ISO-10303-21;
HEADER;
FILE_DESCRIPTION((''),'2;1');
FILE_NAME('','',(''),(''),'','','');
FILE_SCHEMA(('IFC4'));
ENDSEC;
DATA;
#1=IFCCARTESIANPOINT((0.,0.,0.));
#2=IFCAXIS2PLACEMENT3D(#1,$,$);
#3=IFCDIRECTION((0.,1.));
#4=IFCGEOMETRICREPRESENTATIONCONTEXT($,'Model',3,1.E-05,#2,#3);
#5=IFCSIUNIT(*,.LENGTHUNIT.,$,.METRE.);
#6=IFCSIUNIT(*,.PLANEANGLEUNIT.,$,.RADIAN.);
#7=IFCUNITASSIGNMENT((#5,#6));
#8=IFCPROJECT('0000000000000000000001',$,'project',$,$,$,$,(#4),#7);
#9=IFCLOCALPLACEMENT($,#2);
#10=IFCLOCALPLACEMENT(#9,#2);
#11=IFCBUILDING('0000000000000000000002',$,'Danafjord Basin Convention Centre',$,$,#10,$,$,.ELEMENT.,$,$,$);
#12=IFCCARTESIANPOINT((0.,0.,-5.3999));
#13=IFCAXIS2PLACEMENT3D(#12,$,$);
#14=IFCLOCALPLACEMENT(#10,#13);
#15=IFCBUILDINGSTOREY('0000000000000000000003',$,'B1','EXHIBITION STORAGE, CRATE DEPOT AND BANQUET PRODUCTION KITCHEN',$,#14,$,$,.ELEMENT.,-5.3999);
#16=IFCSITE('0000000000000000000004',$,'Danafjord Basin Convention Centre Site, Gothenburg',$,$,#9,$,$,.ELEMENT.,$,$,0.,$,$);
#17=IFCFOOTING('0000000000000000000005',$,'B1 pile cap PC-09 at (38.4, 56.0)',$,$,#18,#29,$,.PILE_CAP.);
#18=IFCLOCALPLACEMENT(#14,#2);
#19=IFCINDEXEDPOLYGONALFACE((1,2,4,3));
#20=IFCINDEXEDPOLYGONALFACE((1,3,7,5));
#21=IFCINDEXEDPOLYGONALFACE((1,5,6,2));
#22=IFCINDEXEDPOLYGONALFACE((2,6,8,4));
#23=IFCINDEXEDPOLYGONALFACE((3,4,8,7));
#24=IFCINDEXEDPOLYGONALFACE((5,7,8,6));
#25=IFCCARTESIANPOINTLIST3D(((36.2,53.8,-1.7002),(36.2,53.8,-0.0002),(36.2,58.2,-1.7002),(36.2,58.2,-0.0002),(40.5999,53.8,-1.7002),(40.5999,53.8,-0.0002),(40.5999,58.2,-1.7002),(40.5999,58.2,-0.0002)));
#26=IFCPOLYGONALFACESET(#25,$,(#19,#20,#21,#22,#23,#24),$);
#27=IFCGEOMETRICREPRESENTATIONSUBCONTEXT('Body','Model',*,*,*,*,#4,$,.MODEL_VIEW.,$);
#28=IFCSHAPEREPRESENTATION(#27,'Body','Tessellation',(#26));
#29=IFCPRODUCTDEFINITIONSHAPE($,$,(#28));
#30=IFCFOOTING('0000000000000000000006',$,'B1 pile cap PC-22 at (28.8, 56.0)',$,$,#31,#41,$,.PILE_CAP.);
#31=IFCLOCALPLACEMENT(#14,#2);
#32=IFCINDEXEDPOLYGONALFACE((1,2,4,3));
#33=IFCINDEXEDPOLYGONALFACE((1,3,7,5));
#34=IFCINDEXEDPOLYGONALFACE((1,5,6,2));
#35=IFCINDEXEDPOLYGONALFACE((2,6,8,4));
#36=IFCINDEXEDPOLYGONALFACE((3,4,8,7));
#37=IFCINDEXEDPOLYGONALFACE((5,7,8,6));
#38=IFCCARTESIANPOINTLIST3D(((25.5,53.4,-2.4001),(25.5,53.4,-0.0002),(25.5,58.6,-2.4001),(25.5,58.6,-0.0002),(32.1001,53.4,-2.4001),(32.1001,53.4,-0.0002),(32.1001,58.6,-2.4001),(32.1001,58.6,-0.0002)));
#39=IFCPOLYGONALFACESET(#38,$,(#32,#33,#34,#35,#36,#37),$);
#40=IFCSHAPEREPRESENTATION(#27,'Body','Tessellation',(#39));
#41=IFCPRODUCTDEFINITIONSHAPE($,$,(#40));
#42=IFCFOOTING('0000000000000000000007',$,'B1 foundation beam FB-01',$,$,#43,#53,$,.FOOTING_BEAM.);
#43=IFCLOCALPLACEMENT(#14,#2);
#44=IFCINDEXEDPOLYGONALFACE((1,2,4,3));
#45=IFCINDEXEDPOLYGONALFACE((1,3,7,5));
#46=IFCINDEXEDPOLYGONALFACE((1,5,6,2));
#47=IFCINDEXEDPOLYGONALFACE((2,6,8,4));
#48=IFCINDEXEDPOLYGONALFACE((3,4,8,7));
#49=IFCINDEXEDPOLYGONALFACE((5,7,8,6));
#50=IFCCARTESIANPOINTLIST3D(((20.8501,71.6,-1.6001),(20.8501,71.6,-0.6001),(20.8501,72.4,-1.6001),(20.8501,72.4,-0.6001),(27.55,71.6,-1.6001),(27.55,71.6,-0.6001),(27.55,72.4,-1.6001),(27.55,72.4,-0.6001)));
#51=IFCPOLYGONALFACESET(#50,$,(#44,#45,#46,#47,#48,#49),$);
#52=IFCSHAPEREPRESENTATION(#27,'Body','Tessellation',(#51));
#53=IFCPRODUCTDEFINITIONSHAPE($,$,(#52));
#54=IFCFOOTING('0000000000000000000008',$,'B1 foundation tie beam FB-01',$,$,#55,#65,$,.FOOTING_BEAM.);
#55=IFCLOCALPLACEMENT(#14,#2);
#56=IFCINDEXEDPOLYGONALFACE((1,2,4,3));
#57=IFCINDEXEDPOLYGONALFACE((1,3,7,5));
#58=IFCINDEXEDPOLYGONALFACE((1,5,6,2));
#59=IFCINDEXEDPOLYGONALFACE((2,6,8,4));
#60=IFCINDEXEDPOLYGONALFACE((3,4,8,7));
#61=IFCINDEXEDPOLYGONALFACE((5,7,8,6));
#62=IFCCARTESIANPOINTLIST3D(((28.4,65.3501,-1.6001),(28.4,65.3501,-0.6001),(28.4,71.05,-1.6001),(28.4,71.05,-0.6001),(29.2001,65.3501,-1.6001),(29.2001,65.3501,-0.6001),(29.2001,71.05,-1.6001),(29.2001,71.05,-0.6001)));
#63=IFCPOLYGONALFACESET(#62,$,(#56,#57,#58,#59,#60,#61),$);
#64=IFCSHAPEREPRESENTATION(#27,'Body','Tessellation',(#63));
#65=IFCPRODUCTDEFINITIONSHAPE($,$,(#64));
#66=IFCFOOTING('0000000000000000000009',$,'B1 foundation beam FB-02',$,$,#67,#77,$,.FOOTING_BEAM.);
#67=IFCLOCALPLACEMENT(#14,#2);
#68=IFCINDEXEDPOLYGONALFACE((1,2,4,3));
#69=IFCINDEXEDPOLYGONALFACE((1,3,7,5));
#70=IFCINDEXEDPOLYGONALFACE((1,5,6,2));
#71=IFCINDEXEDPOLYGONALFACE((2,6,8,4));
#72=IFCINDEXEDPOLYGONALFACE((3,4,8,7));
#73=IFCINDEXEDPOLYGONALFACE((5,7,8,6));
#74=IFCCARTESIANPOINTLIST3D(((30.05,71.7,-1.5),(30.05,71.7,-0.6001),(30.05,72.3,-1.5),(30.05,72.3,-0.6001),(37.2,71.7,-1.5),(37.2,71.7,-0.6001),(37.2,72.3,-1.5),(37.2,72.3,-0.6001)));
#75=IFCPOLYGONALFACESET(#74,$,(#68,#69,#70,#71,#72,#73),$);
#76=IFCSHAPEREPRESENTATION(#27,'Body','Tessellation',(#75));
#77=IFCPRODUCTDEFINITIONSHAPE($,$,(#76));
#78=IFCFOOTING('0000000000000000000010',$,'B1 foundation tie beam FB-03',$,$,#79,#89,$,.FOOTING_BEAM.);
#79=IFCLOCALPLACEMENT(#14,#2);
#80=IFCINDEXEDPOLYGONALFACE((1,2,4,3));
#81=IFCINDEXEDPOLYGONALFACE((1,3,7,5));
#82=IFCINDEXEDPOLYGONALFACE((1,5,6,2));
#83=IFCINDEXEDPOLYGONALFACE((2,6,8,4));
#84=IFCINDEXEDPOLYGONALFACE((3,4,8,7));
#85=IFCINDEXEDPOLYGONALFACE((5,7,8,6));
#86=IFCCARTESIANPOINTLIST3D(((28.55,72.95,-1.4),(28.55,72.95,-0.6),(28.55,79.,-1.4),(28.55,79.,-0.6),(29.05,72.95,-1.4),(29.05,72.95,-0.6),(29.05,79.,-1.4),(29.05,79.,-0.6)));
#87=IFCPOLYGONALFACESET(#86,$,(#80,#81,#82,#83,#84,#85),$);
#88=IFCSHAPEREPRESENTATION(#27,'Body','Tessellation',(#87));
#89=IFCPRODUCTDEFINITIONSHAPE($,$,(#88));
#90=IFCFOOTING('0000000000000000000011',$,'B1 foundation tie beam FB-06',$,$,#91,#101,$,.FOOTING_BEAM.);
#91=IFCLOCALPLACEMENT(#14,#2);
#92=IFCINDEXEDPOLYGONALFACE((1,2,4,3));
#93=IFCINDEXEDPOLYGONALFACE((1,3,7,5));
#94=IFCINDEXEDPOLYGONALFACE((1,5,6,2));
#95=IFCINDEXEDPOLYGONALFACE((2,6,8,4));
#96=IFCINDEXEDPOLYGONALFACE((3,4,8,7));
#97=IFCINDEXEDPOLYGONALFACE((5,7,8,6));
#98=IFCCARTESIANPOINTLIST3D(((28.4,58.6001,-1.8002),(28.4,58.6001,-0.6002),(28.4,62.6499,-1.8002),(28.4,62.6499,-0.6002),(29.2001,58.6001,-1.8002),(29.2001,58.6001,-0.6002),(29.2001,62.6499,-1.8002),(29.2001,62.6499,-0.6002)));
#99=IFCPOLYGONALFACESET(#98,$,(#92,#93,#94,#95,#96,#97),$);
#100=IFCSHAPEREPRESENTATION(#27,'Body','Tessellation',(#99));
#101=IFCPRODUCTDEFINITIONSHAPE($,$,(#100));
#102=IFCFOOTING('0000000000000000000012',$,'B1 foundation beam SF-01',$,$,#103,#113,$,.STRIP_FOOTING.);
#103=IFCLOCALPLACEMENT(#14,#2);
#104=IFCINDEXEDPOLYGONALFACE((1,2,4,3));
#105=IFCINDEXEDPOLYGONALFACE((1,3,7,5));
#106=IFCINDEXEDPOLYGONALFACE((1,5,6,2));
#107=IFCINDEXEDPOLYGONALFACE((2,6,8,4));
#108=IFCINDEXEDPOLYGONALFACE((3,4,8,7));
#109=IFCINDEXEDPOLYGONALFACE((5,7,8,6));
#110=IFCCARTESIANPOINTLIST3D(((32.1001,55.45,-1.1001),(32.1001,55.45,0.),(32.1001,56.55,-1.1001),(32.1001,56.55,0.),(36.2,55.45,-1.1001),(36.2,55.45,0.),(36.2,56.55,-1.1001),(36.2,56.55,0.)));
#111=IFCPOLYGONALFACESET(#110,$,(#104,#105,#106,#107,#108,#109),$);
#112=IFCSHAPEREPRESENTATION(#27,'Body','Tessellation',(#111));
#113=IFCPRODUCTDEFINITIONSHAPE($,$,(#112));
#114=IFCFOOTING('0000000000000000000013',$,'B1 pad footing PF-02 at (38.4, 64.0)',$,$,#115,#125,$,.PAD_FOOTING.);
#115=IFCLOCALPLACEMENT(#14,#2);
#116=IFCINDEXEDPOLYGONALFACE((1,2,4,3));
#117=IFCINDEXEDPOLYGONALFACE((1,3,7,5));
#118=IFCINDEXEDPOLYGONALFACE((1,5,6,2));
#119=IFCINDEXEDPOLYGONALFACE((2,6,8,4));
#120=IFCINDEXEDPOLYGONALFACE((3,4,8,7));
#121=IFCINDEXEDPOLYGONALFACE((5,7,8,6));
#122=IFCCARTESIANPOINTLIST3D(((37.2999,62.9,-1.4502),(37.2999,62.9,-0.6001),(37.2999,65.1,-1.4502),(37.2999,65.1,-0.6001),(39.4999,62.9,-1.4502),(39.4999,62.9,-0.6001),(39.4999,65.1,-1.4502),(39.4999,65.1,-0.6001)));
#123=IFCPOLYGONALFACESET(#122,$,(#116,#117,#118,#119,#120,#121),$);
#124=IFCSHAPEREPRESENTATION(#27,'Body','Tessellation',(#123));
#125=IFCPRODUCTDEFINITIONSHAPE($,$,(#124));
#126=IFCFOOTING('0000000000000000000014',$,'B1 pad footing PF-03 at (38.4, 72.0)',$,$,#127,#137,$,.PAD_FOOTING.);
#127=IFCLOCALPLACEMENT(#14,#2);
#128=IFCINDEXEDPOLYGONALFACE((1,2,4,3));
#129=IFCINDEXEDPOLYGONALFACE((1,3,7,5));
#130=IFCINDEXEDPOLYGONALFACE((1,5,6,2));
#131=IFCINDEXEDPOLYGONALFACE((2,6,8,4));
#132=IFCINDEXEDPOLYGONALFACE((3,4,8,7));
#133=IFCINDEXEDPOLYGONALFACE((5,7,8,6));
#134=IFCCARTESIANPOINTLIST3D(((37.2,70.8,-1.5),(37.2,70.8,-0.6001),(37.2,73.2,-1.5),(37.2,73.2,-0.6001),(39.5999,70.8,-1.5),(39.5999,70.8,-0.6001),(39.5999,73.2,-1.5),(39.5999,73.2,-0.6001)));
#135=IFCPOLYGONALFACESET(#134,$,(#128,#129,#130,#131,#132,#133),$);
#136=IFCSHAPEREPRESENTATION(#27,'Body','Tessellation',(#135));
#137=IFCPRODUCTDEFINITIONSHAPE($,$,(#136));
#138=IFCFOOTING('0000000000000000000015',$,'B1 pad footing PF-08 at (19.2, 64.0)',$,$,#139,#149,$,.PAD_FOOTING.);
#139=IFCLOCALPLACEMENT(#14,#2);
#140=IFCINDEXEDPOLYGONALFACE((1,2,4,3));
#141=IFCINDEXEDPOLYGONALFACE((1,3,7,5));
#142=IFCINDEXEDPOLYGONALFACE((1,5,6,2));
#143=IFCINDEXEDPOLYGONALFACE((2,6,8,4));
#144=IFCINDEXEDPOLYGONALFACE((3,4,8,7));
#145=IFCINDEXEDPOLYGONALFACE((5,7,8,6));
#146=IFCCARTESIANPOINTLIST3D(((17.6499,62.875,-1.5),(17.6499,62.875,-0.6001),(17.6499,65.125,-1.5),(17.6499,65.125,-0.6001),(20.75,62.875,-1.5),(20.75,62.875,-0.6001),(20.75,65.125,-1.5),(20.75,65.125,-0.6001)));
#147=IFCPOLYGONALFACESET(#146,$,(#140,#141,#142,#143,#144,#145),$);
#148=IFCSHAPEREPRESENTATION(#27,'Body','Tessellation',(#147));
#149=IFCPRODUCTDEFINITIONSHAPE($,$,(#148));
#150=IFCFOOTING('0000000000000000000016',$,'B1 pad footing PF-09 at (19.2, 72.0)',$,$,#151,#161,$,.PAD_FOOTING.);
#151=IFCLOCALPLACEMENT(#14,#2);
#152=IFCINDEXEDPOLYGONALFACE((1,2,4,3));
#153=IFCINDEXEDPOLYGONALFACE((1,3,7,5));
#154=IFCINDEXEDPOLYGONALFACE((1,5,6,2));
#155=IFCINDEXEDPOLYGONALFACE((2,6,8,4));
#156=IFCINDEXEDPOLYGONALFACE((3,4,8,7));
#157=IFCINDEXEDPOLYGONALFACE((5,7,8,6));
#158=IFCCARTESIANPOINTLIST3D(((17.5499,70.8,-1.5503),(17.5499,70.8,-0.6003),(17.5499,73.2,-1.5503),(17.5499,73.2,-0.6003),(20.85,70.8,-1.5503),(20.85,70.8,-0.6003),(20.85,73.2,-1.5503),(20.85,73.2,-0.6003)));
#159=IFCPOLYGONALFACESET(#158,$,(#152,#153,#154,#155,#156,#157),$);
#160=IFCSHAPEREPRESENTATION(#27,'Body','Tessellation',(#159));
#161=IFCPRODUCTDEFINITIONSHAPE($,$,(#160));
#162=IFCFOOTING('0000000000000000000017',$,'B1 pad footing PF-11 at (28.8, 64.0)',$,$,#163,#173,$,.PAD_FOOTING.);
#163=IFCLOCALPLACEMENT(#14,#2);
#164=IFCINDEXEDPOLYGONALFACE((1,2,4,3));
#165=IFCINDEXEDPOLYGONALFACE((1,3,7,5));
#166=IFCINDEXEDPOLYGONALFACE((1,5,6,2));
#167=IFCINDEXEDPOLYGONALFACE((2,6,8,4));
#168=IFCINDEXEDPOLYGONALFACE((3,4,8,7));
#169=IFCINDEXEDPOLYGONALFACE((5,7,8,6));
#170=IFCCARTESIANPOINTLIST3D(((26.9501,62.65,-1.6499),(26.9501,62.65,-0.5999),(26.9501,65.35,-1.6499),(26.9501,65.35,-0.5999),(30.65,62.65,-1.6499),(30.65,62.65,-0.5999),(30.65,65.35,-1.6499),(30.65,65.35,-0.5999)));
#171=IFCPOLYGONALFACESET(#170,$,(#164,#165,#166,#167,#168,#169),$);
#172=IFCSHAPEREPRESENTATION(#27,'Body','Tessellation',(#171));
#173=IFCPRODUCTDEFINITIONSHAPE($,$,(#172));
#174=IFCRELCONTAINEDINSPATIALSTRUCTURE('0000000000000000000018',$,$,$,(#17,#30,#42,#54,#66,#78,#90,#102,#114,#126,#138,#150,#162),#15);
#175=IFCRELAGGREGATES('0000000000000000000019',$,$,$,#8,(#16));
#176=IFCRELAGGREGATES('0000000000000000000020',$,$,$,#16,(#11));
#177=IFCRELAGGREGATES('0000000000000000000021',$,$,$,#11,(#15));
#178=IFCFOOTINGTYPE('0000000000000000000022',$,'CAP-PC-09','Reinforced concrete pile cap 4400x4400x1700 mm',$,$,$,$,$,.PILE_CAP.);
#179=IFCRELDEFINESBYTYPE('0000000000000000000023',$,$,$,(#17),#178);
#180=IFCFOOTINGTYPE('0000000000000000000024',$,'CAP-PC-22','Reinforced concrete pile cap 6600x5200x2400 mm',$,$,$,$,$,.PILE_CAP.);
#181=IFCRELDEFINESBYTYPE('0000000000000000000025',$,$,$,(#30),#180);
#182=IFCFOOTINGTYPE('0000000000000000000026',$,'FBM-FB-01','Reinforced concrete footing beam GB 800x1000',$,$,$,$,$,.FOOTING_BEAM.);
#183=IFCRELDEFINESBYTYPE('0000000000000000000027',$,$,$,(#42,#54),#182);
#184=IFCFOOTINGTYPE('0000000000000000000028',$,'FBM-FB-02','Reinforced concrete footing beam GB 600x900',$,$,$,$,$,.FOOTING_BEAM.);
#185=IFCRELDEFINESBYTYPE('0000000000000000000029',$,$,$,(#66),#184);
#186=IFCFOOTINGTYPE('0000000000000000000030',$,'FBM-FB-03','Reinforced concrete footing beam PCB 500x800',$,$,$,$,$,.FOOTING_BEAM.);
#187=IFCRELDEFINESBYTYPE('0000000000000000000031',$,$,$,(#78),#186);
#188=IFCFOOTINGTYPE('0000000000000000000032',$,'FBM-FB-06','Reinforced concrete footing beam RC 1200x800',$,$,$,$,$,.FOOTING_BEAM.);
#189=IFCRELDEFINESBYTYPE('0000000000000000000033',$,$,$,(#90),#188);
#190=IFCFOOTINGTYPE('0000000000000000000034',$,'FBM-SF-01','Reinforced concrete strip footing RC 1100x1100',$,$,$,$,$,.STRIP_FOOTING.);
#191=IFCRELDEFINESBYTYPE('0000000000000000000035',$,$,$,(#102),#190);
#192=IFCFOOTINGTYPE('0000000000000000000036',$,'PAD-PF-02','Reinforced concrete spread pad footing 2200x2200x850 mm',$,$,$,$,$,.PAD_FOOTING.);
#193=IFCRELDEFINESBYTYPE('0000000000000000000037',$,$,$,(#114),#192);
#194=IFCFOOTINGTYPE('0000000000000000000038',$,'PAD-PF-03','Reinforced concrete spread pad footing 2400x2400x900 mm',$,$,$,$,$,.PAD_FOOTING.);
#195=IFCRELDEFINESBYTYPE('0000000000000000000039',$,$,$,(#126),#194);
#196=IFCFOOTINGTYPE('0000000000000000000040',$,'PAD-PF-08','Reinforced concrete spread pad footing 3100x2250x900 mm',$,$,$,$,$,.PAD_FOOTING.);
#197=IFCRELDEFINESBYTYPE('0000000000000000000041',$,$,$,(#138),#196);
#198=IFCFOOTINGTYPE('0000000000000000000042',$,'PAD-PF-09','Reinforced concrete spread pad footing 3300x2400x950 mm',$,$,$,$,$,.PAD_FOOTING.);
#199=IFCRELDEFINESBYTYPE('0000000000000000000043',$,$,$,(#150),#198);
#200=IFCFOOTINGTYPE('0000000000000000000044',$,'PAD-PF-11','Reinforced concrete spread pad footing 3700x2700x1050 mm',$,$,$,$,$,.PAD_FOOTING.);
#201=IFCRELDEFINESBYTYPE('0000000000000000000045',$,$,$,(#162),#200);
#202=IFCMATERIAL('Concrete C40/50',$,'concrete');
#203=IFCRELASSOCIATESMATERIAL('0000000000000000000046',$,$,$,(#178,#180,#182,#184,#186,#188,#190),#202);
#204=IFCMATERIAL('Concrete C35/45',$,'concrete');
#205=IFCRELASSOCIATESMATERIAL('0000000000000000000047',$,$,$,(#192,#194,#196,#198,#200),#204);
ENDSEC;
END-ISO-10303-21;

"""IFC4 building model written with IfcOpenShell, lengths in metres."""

from ifc_helpers import new_model, si_unit, direction, frame, origin, origin_2d, place, context, subcontext, project, spatial, rectangle, extrude, material, material_profile, profile_set, type_object, element, save


model = new_model("IFC4")

# Units and contexts
model_context = context("Model", 3, precision=1e-05, world=origin(), true_north=direction((0.0, 1.0)))
body_context = subcontext(model_context, "Body", "Model", "MODEL_VIEW")
ifc_project = project(units=[si_unit("LENGTHUNIT", "METRE"), si_unit("PLANEANGLEUNIT", "RADIAN")], contexts=[model_context])

# Site, building, storey
site_placement = place(None, origin())
site = spatial("IfcSite", under=ifc_project, at=site_placement, Name="Danafjord Basin Convention Centre Site, Gothenburg", CompositionType="ELEMENT", RefElevation=0.0)
building_placement = place(site_placement, origin())
building = spatial("IfcBuilding", under=site, at=building_placement, Name="Danafjord Basin Convention Centre", CompositionType="ELEMENT")
storey_placement = place(building_placement, frame((0.0, 0.0, -5.3999)))
storey = spatial("IfcBuildingStorey", under=building, at=storey_placement, Name="B1", Description="EXHIBITION STORAGE, CRATE DEPOT AND BANQUET PRODUCTION KITCHEN", CompositionType="ELEMENT", Elevation=-5.3999)

# Footings
ifc_material_1 = material(Name="Concrete C40/50", Category="concrete")
footing_type_1 = type_object("IfcFootingType", Name="CAP-PC-09", Description="Reinforced concrete pile cap 4400x4400x1700 mm", PredefinedType="PILE_CAP", material=ifc_material_1)
footing_1_placement = place(storey_placement, frame((38.3999, 56.0, -1.7002), z_axis=(0.0, 0.0, 1.0), x_axis=(1.0, 0.0, 0.0)))
element("IfcFooting", 1, at=footing_1_placement, inside=storey, type_object=footing_type_1, Name="B1 pile cap PC-09 at (38.4, 56.0)", PredefinedType="PILE_CAP", context=body_context, shape_type="SweptSolid", body=[
    extrude(rectangle(XDim=4.3999, YDim=4.3999, at=origin_2d()), origin(), (0.0, 0.0, 1.0), 1.7),
])
footing_type_2 = type_object("IfcFootingType", Name="CAP-PC-22", Description="Reinforced concrete pile cap 6600x5200x2400 mm", PredefinedType="PILE_CAP", material=ifc_material_1)
footing_2_placement = place(storey_placement, frame((28.8, 56.0, -2.4001), z_axis=(0.0, 0.0, 1.0), x_axis=(1.0, 0.0, 0.0)))
element("IfcFooting", 2, at=footing_2_placement, inside=storey, type_object=footing_type_2, Name="B1 pile cap PC-22 at (28.8, 56.0)", PredefinedType="PILE_CAP", context=body_context, shape_type="SweptSolid", body=[
    extrude(rectangle(XDim=6.6001, YDim=5.2, at=origin_2d()), origin(), (0.0, 0.0, 1.0), 2.3999),
])
ifc_material_profile_1 = material_profile(ifc_material_1, rectangle(XDim=0.8, YDim=1.0, at=origin_2d()), Name="GB 800x1000")
ifc_profile_set_1 = profile_set([ifc_material_profile_1], Name="Concrete C40/50")
footing_type_3 = type_object("IfcFootingType", Name="FBM-FB-01", Description="Reinforced concrete footing beam GB 800x1000", PredefinedType="FOOTING_BEAM", material=ifc_profile_set_1)
footing_3_placement = place(storey_placement, frame((20.8501, 72.0, -1.1001), z_axis=(1.0, 0.0, 0.0), x_axis=(0.0, 1.0, 0.0)))
element("IfcFooting", 3, at=footing_3_placement, inside=storey, type_object=footing_type_3, Name="B1 foundation beam FB-01", PredefinedType="FOOTING_BEAM", context=body_context, shape_type="SweptSolid", body=[
    extrude(rectangle(XDim=0.8, YDim=1.0, at=origin_2d()), origin(), (0.0, 0.0, 1.0), 6.7),
])
footing_4_placement = place(storey_placement, frame((28.8, 65.3501, -1.1001), z_axis=(0.0, 1.0, 0.0), x_axis=(-1.0, 0.0, 0.0)))
element("IfcFooting", 4, at=footing_4_placement, inside=storey, type_object=footing_type_3, Name="B1 foundation tie beam FB-01", PredefinedType="FOOTING_BEAM", context=body_context, shape_type="SweptSolid", body=[
    extrude(rectangle(XDim=0.8, YDim=1.0, at=origin_2d()), origin(), (0.0, 0.0, 1.0), 5.7),
])
ifc_material_profile_2 = material_profile(ifc_material_1, rectangle(XDim=0.6001, YDim=0.8999, at=origin_2d()), Name="GB 600x900")
ifc_profile_set_2 = profile_set([ifc_material_profile_2], Name="Concrete C40/50")
footing_type_4 = type_object("IfcFootingType", Name="FBM-FB-02", Description="Reinforced concrete footing beam GB 600x900", PredefinedType="FOOTING_BEAM", material=ifc_profile_set_2)
footing_5_placement = place(storey_placement, frame((30.05, 72.0, -1.05), z_axis=(1.0, 0.0, 0.0), x_axis=(0.0, 1.0, 0.0)))
element("IfcFooting", 5, at=footing_5_placement, inside=storey, type_object=footing_type_4, Name="B1 foundation beam FB-02", PredefinedType="FOOTING_BEAM", context=body_context, shape_type="SweptSolid", body=[
    extrude(rectangle(XDim=0.6001, YDim=0.8999, at=origin_2d()), origin(), (0.0, 0.0, 1.0), 7.1499),
])
ifc_material_profile_3 = material_profile(ifc_material_1, rectangle(XDim=0.5, YDim=0.8, at=origin_2d()), Name="PCB 500x800")
ifc_profile_set_3 = profile_set([ifc_material_profile_3], Name="Concrete C40/50")
footing_type_5 = type_object("IfcFootingType", Name="FBM-FB-03", Description="Reinforced concrete footing beam PCB 500x800", PredefinedType="FOOTING_BEAM", material=ifc_profile_set_3)
footing_6_placement = place(storey_placement, frame((28.8, 72.95, -1.0), z_axis=(0.0, 1.0, 0.0), x_axis=(-1.0, 0.0, 0.0)))
element("IfcFooting", 6, at=footing_6_placement, inside=storey, type_object=footing_type_5, Name="B1 foundation tie beam FB-03", PredefinedType="FOOTING_BEAM", context=body_context, shape_type="SweptSolid", body=[
    extrude(rectangle(XDim=0.5, YDim=0.8, at=origin_2d()), origin(), (0.0, 0.0, 1.0), 6.05),
])
ifc_material_profile_4 = material_profile(ifc_material_1, rectangle(XDim=0.8, YDim=1.2, at=origin_2d()), Name="RC 1200x800")
ifc_profile_set_4 = profile_set([ifc_material_profile_4], Name="Concrete C40/50")
footing_type_6 = type_object("IfcFootingType", Name="FBM-FB-06", Description="Reinforced concrete footing beam RC 1200x800", PredefinedType="FOOTING_BEAM", material=ifc_profile_set_4)
footing_7_placement = place(storey_placement, frame((28.8, 58.6001, -1.2002), z_axis=(0.0, 1.0, 0.0), x_axis=(-1.0, 0.0, 0.0)))
element("IfcFooting", 7, at=footing_7_placement, inside=storey, type_object=footing_type_6, Name="B1 foundation tie beam FB-06", PredefinedType="FOOTING_BEAM", context=body_context, shape_type="SweptSolid", body=[
    extrude(rectangle(XDim=0.8, YDim=1.2, at=origin_2d()), origin(), (0.0, 0.0, 1.0), 4.0498),
])
ifc_material_profile_5 = material_profile(ifc_material_1, rectangle(XDim=1.1001, YDim=1.1001, at=origin_2d()), Name="RC 1100x1100")
ifc_profile_set_5 = profile_set([ifc_material_profile_5], Name="Concrete C40/50")
footing_type_7 = type_object("IfcFootingType", Name="FBM-SF-01", Description="Reinforced concrete strip footing RC 1100x1100", PredefinedType="STRIP_FOOTING", material=ifc_profile_set_5)
footing_8_placement = place(storey_placement, frame((32.1001, 56.0, -0.55), z_axis=(1.0, 0.0, 0.0), x_axis=(0.0, 1.0, 0.0)))
element("IfcFooting", 8, at=footing_8_placement, inside=storey, type_object=footing_type_7, Name="B1 foundation beam SF-01", PredefinedType="STRIP_FOOTING", context=body_context, shape_type="SweptSolid", body=[
    extrude(rectangle(XDim=1.1001, YDim=1.1001, at=origin_2d()), origin(), (0.0, 0.0, 1.0), 4.0999),
])
ifc_material_2 = material(Name="Concrete C35/45", Category="concrete")
footing_type_8 = type_object("IfcFootingType", Name="PAD-PF-02", Description="Reinforced concrete spread pad footing 2200x2200x850 mm", PredefinedType="PAD_FOOTING", material=ifc_material_2)
footing_9_placement = place(storey_placement, frame((38.3999, 64.0, -1.4502), z_axis=(0.0, 0.0, 1.0), x_axis=(1.0, 0.0, 0.0)))
element("IfcFooting", 9, at=footing_9_placement, inside=storey, type_object=footing_type_8, Name="B1 pad footing PF-02 at (38.4, 64.0)", PredefinedType="PAD_FOOTING", context=body_context, shape_type="SweptSolid", body=[
    extrude(rectangle(XDim=2.2, YDim=2.2, at=origin_2d()), origin(), (0.0, 0.0, 1.0), 0.8501),
])
footing_type_9 = type_object("IfcFootingType", Name="PAD-PF-03", Description="Reinforced concrete spread pad footing 2400x2400x900 mm", PredefinedType="PAD_FOOTING", material=ifc_material_2)
footing_10_placement = place(storey_placement, frame((38.3999, 72.0, -1.5), z_axis=(0.0, 0.0, 1.0), x_axis=(1.0, 0.0, 0.0)))
element("IfcFooting", 10, at=footing_10_placement, inside=storey, type_object=footing_type_9, Name="B1 pad footing PF-03 at (38.4, 72.0)", PredefinedType="PAD_FOOTING", context=body_context, shape_type="SweptSolid", body=[
    extrude(rectangle(XDim=2.3999, YDim=2.3999, at=origin_2d()), origin(), (0.0, 0.0, 1.0), 0.8999),
])
footing_type_10 = type_object("IfcFootingType", Name="PAD-PF-08", Description="Reinforced concrete spread pad footing 3100x2250x900 mm", PredefinedType="PAD_FOOTING", material=ifc_material_2)
footing_11_placement = place(storey_placement, frame((19.2, 64.0, -1.5), z_axis=(0.0, 0.0, 1.0), x_axis=(1.0, 0.0, 0.0)))
element("IfcFooting", 11, at=footing_11_placement, inside=storey, type_object=footing_type_10, Name="B1 pad footing PF-08 at (19.2, 64.0)", PredefinedType="PAD_FOOTING", context=body_context, shape_type="SweptSolid", body=[
    extrude(rectangle(XDim=3.1001, YDim=2.25, at=origin_2d()), origin(), (0.0, 0.0, 1.0), 0.8999),
])
footing_type_11 = type_object("IfcFootingType", Name="PAD-PF-09", Description="Reinforced concrete spread pad footing 3300x2400x950 mm", PredefinedType="PAD_FOOTING", material=ifc_material_2)
footing_12_placement = place(storey_placement, frame((19.2, 72.0, -1.5503), z_axis=(0.0, 0.0, 1.0), x_axis=(1.0, 0.0, 0.0)))
element("IfcFooting", 12, at=footing_12_placement, inside=storey, type_object=footing_type_11, Name="B1 pad footing PF-09 at (19.2, 72.0)", PredefinedType="PAD_FOOTING", context=body_context, shape_type="SweptSolid", body=[
    extrude(rectangle(XDim=3.3, YDim=2.3999, at=origin_2d()), origin(), (0.0, 0.0, 1.0), 0.95),
])
footing_type_12 = type_object("IfcFootingType", Name="PAD-PF-11", Description="Reinforced concrete spread pad footing 3700x2700x1050 mm", PredefinedType="PAD_FOOTING", material=ifc_material_2)
footing_13_placement = place(storey_placement, frame((28.8, 64.0, -1.6499), z_axis=(0.0, 0.0, 1.0), x_axis=(1.0, 0.0, 0.0)))
element("IfcFooting", 13, at=footing_13_placement, inside=storey, type_object=footing_type_12, Name="B1 pad footing PF-11 at (28.8, 64.0)", PredefinedType="PAD_FOOTING", context=body_context, shape_type="SweptSolid", body=[
    extrude(rectangle(XDim=3.7, YDim=2.7, at=origin_2d()), origin(), (0.0, 0.0, 1.0), 1.05),
])

save(model, "model.ifc")
